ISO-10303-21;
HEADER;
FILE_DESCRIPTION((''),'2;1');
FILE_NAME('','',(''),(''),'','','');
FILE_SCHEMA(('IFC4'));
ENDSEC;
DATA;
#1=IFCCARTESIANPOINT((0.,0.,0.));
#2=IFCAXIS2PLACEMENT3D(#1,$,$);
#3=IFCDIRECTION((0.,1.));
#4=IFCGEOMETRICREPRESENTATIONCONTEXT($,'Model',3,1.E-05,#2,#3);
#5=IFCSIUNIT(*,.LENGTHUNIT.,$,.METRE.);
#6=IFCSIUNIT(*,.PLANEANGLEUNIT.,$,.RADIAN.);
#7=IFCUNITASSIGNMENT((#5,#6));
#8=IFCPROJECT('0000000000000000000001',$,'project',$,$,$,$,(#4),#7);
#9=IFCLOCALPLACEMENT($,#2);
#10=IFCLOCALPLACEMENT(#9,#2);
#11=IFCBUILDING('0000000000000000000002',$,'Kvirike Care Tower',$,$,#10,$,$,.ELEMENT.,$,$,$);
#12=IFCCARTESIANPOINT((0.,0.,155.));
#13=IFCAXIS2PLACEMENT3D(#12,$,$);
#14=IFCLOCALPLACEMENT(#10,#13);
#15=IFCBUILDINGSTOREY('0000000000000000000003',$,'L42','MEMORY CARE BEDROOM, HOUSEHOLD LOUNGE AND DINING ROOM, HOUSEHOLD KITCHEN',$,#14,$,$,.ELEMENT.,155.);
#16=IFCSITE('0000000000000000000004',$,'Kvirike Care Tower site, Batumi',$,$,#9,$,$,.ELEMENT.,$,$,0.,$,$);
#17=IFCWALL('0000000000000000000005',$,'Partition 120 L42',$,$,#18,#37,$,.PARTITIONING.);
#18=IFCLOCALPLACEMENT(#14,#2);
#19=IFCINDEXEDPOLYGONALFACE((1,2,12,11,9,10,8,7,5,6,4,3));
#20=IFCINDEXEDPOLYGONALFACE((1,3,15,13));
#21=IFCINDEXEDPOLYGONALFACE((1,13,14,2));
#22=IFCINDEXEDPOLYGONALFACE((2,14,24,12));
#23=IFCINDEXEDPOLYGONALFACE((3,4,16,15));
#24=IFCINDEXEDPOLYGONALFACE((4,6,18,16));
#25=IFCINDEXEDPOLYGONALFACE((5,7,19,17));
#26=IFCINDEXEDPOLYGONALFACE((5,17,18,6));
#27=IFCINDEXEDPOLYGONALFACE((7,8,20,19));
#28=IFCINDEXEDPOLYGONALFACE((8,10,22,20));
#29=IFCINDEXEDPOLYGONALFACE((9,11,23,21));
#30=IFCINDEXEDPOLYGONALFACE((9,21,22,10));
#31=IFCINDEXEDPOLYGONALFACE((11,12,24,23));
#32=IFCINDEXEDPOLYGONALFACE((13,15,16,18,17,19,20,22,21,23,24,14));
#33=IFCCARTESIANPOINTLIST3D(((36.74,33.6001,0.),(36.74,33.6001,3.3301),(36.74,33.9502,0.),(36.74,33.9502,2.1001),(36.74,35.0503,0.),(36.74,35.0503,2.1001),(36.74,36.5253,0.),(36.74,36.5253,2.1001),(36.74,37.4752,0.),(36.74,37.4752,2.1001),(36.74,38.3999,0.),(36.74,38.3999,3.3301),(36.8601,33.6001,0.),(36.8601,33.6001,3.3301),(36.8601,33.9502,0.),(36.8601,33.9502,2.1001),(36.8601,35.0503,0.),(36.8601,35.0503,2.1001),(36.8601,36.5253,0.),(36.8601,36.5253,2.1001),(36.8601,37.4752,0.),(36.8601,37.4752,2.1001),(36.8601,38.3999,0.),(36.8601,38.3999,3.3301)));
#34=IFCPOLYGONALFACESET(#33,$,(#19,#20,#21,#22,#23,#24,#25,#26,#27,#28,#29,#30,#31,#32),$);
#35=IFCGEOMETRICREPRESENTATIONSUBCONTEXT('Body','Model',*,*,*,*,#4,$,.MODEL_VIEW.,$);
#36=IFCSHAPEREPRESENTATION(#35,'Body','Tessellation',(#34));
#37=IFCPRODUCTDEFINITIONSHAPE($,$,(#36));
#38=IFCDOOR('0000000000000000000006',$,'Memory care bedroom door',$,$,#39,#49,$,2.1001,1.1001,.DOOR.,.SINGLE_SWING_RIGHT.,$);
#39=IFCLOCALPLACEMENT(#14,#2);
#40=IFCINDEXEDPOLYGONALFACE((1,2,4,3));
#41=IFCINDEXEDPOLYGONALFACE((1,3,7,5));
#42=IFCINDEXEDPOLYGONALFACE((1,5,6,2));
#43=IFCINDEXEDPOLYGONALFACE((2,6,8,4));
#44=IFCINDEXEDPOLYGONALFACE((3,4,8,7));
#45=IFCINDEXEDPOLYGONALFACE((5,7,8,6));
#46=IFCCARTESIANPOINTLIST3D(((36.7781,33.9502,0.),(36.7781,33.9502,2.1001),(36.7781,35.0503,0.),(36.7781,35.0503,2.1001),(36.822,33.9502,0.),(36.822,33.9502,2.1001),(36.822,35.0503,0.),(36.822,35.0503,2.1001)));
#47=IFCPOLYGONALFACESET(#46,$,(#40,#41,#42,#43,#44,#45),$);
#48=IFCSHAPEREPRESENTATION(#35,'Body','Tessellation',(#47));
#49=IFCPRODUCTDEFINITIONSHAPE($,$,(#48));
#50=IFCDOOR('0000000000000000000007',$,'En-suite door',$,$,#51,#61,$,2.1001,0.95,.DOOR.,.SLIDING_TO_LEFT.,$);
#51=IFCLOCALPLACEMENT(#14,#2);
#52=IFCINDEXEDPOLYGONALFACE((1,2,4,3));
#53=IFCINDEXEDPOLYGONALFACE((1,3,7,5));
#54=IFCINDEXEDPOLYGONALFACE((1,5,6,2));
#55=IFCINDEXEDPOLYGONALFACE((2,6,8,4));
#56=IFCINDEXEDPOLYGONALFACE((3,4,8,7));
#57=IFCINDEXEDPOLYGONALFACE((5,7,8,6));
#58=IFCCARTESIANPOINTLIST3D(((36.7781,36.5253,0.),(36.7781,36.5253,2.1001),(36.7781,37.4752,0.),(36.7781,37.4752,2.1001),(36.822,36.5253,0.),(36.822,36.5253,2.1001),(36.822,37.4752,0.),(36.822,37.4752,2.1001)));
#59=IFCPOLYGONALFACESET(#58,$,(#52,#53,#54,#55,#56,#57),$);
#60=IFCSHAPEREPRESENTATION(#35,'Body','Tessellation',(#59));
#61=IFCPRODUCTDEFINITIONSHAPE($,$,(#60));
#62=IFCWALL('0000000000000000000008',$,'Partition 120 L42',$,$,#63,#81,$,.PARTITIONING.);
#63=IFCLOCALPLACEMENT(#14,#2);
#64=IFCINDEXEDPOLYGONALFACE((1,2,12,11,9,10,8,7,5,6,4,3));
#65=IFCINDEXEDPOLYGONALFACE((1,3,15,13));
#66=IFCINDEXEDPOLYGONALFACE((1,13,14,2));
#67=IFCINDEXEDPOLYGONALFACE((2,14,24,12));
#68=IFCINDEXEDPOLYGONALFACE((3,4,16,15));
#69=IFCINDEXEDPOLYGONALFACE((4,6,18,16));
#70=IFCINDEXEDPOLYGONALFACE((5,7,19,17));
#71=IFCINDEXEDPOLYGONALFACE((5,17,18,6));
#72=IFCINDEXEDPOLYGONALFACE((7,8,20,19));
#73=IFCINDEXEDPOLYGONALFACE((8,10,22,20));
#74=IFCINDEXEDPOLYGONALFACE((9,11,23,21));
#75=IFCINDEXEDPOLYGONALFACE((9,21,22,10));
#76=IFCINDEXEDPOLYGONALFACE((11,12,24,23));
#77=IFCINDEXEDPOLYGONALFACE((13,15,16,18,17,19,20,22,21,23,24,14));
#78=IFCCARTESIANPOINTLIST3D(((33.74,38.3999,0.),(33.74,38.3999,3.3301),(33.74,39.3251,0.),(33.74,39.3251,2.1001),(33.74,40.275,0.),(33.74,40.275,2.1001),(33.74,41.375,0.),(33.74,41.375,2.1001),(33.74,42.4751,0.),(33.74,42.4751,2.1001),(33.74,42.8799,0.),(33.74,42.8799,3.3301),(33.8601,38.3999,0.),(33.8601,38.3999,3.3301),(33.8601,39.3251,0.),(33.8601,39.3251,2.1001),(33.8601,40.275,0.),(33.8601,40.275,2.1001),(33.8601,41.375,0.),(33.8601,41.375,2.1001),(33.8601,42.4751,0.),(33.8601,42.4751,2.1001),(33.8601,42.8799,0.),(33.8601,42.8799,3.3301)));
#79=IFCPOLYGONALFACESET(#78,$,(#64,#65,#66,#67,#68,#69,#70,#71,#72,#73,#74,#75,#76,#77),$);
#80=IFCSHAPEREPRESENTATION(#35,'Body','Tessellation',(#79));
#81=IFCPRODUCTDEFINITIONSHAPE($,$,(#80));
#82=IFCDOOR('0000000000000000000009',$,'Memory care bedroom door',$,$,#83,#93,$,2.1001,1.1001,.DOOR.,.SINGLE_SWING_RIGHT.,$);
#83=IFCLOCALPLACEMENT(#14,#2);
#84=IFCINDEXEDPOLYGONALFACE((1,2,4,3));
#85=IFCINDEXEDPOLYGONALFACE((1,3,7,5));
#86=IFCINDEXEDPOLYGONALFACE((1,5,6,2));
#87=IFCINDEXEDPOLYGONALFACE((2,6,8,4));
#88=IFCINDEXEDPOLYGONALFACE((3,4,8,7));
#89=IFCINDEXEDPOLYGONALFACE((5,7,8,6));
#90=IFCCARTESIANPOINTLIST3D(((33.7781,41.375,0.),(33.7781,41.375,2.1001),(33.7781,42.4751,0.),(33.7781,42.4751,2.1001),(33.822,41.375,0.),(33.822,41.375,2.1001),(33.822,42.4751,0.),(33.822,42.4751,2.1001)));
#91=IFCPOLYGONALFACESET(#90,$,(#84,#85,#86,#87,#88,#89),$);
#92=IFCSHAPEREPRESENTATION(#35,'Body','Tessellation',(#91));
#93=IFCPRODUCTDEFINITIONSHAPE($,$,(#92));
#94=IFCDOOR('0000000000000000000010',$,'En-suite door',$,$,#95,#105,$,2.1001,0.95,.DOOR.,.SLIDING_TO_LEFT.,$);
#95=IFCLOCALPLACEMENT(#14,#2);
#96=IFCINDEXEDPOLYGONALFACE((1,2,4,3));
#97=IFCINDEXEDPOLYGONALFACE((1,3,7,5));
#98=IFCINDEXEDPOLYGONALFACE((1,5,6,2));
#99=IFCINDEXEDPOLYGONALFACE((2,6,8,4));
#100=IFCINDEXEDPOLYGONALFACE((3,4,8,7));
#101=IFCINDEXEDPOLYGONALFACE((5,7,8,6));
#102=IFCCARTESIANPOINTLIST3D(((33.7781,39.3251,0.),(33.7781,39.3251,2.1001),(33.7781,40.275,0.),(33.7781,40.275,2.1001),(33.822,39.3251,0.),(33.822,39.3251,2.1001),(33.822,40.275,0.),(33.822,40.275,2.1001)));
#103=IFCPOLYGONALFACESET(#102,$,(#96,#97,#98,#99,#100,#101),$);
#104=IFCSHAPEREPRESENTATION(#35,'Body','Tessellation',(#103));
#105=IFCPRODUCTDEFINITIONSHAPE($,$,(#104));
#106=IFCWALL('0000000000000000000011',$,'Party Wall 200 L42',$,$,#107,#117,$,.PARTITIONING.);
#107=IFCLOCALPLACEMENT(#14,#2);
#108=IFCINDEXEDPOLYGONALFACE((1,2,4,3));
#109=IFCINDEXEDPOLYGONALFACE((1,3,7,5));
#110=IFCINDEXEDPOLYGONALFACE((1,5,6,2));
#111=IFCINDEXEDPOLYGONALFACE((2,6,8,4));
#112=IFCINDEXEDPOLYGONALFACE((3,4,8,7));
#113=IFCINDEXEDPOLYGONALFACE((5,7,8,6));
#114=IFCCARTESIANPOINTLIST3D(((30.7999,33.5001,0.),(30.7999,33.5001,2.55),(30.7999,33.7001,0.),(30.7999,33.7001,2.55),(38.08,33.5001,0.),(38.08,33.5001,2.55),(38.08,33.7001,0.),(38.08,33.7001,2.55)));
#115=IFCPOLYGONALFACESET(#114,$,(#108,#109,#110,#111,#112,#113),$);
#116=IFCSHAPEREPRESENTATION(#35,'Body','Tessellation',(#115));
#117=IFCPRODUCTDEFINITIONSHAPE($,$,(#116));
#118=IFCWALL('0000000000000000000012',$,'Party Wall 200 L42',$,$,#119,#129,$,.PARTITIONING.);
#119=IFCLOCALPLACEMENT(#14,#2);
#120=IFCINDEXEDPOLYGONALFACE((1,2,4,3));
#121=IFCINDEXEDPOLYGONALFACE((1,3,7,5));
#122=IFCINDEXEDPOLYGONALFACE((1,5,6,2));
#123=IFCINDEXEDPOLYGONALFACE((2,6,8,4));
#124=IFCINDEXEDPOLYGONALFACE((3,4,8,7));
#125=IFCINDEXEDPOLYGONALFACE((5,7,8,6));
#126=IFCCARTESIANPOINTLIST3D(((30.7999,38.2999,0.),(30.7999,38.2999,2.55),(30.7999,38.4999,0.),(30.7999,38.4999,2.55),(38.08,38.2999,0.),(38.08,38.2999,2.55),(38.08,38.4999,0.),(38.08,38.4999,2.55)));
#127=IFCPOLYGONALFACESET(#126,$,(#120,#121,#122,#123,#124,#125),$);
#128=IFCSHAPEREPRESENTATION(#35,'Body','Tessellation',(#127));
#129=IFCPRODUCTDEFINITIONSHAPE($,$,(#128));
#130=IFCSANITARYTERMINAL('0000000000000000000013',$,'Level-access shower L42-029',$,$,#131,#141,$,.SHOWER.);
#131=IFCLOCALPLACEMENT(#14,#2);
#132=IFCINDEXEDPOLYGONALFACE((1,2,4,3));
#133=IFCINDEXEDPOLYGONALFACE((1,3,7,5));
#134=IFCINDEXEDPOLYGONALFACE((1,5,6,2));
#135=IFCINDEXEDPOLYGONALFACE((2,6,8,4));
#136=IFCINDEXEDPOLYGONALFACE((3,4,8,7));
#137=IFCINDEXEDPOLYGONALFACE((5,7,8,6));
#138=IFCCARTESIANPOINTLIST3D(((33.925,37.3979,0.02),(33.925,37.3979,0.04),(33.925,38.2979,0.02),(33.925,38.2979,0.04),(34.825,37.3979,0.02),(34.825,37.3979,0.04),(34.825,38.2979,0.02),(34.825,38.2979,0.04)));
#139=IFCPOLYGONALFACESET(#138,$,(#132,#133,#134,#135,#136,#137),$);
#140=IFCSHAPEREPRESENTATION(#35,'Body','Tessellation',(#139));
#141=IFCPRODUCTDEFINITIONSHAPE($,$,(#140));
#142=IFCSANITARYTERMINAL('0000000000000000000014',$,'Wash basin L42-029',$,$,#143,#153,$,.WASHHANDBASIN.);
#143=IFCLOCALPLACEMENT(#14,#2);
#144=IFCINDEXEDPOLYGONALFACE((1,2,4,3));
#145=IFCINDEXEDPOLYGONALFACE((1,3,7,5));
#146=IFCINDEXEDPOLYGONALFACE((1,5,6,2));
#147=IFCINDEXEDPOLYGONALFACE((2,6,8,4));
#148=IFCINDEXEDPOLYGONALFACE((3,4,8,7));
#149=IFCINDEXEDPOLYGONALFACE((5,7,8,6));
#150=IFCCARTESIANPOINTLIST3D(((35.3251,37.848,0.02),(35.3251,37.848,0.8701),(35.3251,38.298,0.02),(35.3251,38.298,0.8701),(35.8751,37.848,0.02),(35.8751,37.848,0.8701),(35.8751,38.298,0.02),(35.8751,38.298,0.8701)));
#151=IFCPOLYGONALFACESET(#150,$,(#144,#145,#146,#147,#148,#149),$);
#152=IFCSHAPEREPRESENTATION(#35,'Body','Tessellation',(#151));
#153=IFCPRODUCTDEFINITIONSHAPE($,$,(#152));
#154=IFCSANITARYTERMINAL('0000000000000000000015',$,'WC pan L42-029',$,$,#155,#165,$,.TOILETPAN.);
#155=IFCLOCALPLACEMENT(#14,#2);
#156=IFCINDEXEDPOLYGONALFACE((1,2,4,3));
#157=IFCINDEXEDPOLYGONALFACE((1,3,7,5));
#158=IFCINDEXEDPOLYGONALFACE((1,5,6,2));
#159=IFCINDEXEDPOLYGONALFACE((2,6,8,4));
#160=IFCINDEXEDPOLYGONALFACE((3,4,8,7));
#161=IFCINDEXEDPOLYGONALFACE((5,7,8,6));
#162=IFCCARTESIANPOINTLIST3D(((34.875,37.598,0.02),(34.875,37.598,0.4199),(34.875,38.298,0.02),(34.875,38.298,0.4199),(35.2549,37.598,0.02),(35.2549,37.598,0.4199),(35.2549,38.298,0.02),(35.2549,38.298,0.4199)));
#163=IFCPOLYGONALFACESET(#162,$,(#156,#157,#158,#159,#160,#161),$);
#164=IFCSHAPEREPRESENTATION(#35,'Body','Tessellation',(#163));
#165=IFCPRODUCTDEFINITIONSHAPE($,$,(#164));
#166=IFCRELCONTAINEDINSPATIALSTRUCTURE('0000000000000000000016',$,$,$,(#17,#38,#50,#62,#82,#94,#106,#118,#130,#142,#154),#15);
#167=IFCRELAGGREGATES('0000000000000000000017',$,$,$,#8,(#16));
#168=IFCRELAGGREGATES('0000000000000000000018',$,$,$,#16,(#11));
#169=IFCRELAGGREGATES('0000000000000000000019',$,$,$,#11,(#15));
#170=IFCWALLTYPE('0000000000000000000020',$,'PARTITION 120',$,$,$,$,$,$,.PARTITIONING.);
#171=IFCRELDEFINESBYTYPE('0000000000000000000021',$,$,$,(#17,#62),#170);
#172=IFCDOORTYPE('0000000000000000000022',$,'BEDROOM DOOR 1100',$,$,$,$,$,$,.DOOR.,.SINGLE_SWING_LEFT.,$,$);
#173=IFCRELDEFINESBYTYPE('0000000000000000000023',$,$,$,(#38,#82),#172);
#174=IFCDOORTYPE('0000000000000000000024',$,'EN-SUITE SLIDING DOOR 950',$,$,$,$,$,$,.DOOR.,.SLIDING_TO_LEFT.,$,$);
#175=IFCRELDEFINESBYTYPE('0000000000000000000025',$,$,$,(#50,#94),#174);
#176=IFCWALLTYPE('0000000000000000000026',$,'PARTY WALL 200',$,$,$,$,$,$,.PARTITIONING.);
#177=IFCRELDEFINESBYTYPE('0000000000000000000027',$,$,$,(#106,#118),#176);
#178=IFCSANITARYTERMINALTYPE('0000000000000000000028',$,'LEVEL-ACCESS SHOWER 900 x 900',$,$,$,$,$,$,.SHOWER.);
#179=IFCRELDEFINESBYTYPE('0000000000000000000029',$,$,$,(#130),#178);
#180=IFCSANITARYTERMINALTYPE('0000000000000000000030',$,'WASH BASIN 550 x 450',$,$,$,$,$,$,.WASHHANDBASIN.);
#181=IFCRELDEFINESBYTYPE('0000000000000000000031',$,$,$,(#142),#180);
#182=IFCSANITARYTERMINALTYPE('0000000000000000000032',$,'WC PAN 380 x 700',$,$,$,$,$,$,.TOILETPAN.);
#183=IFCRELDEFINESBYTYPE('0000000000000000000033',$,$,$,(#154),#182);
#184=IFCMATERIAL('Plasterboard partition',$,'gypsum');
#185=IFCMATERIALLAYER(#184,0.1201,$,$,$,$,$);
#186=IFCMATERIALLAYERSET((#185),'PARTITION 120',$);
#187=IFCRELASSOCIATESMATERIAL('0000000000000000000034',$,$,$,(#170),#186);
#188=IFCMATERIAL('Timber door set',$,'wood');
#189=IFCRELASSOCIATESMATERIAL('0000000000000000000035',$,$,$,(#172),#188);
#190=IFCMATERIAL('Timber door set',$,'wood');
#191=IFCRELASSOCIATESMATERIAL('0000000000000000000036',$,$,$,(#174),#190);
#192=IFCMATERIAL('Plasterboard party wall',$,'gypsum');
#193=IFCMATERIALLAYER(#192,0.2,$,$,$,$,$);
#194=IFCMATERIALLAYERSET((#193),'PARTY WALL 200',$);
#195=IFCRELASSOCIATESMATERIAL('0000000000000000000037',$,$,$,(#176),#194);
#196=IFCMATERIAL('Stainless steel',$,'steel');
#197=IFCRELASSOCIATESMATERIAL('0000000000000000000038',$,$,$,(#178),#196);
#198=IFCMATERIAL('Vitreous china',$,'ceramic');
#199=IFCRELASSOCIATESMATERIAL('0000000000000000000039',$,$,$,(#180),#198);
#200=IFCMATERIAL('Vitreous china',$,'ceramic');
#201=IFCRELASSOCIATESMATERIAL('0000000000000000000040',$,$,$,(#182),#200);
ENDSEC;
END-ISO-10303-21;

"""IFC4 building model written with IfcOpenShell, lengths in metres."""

from ifc_helpers import new_model, si_unit, direction, frame, frame_2d, origin, origin_2d, place, context, subcontext, project, spatial, rectangle, extrude, material, layer, layer_set, type_object, element, fill, save


model = new_model("IFC4")

# Units and contexts
model_context = context("Model", 3, precision=1e-05, world=origin(), true_north=direction((0.0, 1.0)))
body_context = subcontext(model_context, "Body", "Model", "MODEL_VIEW")
ifc_project = project(units=[si_unit("LENGTHUNIT", "METRE"), si_unit("PLANEANGLEUNIT", "RADIAN")], contexts=[model_context])

# Site, building, storey
site_placement = place(None, origin())
site = spatial("IfcSite", under=ifc_project, at=site_placement, Name="Kvirike Care Tower site, Batumi", CompositionType="ELEMENT", RefElevation=0.0)
building_placement = place(site_placement, origin())
building = spatial("IfcBuilding", under=site, at=building_placement, Name="Kvirike Care Tower", CompositionType="ELEMENT")
storey_placement = place(building_placement, frame((0.0, 0.0, 155.0)))
storey = spatial("IfcBuildingStorey", under=building, at=storey_placement, Name="L42", Description="MEMORY CARE BEDROOM, HOUSEHOLD LOUNGE AND DINING ROOM, HOUSEHOLD KITCHEN", CompositionType="ELEMENT", Elevation=155.0)

# Walls, openings, doors
ifc_material_1 = material(Name="Plasterboard partition", Category="gypsum")
ifc_layer_1 = layer(ifc_material_1, 0.1201)
ifc_layer_set_1 = layer_set([ifc_layer_1], Name="PARTITION 120")
wall_type_1 = type_object("IfcWallType", Name="PARTITION 120", PredefinedType="PARTITIONING", material=ifc_layer_set_1)
wall_1_placement = place(storey_placement, frame((36.8, 33.6001, 0.0), z_axis=(0.0, 0.0, 1.0), x_axis=(0.0, 1.0, 0.0)))
wall_1 = element("IfcWall", 1, at=wall_1_placement, inside=storey, type_object=wall_type_1, Name="Partition 120 L42", PredefinedType="PARTITIONING", context=body_context, shape_type="SweptSolid", body=[
    extrude(rectangle(XDim=4.7998, YDim=0.1201, at=frame_2d((2.3999, 0.0))), origin(), (0.0, 0.0, 1.0), 3.3301),
])
opening_1_placement = place(wall_1_placement, frame((0.3501, 0.0, 0.0)))
opening_1 = element("IfcOpeningElement", 2, at=opening_1_placement, cuts=wall_1, PredefinedType="OPENING", context=body_context, shape_type="SweptSolid", body=[
    extrude(rectangle(XDim=1.1001, YDim=2.1001, at=frame_2d((0.55, 1.05))), frame((0.0, 0.0706, 0.0), z_axis=(0.0, -1.0, 0.0), x_axis=(1.0, 0.0, 0.0)), (0.0, 0.0, 1.0), 0.1411),
])
opening_2_placement = place(wall_1_placement, frame((2.925, 0.0, 0.0)))
opening_2 = element("IfcOpeningElement", 3, at=opening_2_placement, cuts=wall_1, PredefinedType="OPENING", context=body_context, shape_type="SweptSolid", body=[
    extrude(rectangle(XDim=0.95, YDim=2.1001, at=frame_2d((0.4751, 1.05))), frame((0.0, 0.0706, 0.0), z_axis=(0.0, -1.0, 0.0), x_axis=(1.0, 0.0, 0.0)), (0.0, 0.0, 1.0), 0.1411),
])
ifc_material_2 = material(Name="Timber door set", Category="wood")
door_type_1 = type_object("IfcDoorType", Name="BEDROOM DOOR 1100", OperationType="SINGLE_SWING_LEFT", PredefinedType="DOOR", material=ifc_material_2)
door_1_placement = place(opening_1_placement, origin())
door_1 = element("IfcDoor", 4, at=door_1_placement, inside=storey, type_object=door_type_1, Name="Memory care bedroom door", OperationType="SINGLE_SWING_RIGHT", OverallHeight=2.1001, OverallWidth=1.1001, PredefinedType="DOOR", context=body_context, shape_type="SweptSolid", body=[
    extrude(rectangle(XDim=1.1001, YDim=2.1001, at=frame_2d((0.55, 1.05))), frame((0.0, 0.022, 0.0), z_axis=(0.0, -1.0, 0.0), x_axis=(1.0, 0.0, 0.0)), (0.0, 0.0, 1.0), 0.0439),
])
fill(opening_1, door_1)
ifc_material_3 = material(Name="Timber door set", Category="wood")
door_type_2 = type_object("IfcDoorType", Name="EN-SUITE SLIDING DOOR 950", OperationType="SLIDING_TO_LEFT", PredefinedType="DOOR", material=ifc_material_3)
door_2_placement = place(opening_2_placement, origin())
door_2 = element("IfcDoor", 5, at=door_2_placement, inside=storey, type_object=door_type_2, Name="En-suite door", OperationType="SLIDING_TO_LEFT", OverallHeight=2.1001, OverallWidth=0.95, PredefinedType="DOOR", context=body_context, shape_type="SweptSolid", body=[
    extrude(rectangle(XDim=0.95, YDim=2.1001, at=frame_2d((0.4751, 1.05))), frame((0.0, 0.022, 0.0), z_axis=(0.0, -1.0, 0.0), x_axis=(1.0, 0.0, 0.0)), (0.0, 0.0, 1.0), 0.0439),
])
fill(opening_2, door_2)
wall_2_placement = place(storey_placement, frame((33.8, 38.3999, 0.0), z_axis=(0.0, 0.0, 1.0), x_axis=(0.0, 1.0, 0.0)))
wall_2 = element("IfcWall", 6, at=wall_2_placement, inside=storey, type_object=wall_type_1, Name="Partition 120 L42", PredefinedType="PARTITIONING", context=body_context, shape_type="SweptSolid", body=[
    extrude(rectangle(XDim=4.48, YDim=0.1201, at=frame_2d((2.24, 0.0))), origin(), (0.0, 0.0, 1.0), 3.3301),
])
opening_3_placement = place(wall_2_placement, frame((2.9751, 0.0, 0.0)))
opening_3 = element("IfcOpeningElement", 7, at=opening_3_placement, cuts=wall_2, PredefinedType="OPENING", context=body_context, shape_type="SweptSolid", body=[
    extrude(rectangle(XDim=1.1001, YDim=2.1001, at=frame_2d((0.55, 1.05))), frame((0.0, 0.0706, 0.0), z_axis=(0.0, -1.0, 0.0), x_axis=(1.0, 0.0, 0.0)), (0.0, 0.0, 1.0), 0.1411),
])
opening_4_placement = place(wall_2_placement, frame((0.925, 0.0, 0.0)))
opening_4 = element("IfcOpeningElement", 8, at=opening_4_placement, cuts=wall_2, PredefinedType="OPENING", context=body_context, shape_type="SweptSolid", body=[
    extrude(rectangle(XDim=0.95, YDim=2.1001, at=frame_2d((0.4751, 1.05))), frame((0.0, 0.0706, 0.0), z_axis=(0.0, -1.0, 0.0), x_axis=(1.0, 0.0, 0.0)), (0.0, 0.0, 1.0), 0.1411),
])
door_3_placement = place(opening_3_placement, origin())
door_3 = element("IfcDoor", 9, at=door_3_placement, inside=storey, type_object=door_type_1, Name="Memory care bedroom door", OperationType="SINGLE_SWING_RIGHT", OverallHeight=2.1001, OverallWidth=1.1001, PredefinedType="DOOR", context=body_context, shape_type="SweptSolid", body=[
    extrude(rectangle(XDim=1.1001, YDim=2.1001, at=frame_2d((0.55, 1.05))), frame((0.0, 0.022, 0.0), z_axis=(0.0, -1.0, 0.0), x_axis=(1.0, 0.0, 0.0)), (0.0, 0.0, 1.0), 0.0439),
])
fill(opening_3, door_3)
door_4_placement = place(opening_4_placement, origin())
door_4 = element("IfcDoor", 10, at=door_4_placement, inside=storey, type_object=door_type_2, Name="En-suite door", OperationType="SLIDING_TO_LEFT", OverallHeight=2.1001, OverallWidth=0.95, PredefinedType="DOOR", context=body_context, shape_type="SweptSolid", body=[
    extrude(rectangle(XDim=0.95, YDim=2.1001, at=frame_2d((0.4751, 1.05))), frame((0.0, 0.022, 0.0), z_axis=(0.0, -1.0, 0.0), x_axis=(1.0, 0.0, 0.0)), (0.0, 0.0, 1.0), 0.0439),
])
fill(opening_4, door_4)

# Walls
ifc_material_4 = material(Name="Plasterboard party wall", Category="gypsum")
ifc_layer_2 = layer(ifc_material_4, 0.2)
ifc_layer_set_2 = layer_set([ifc_layer_2], Name="PARTY WALL 200")
wall_type_2 = type_object("IfcWallType", Name="PARTY WALL 200", PredefinedType="PARTITIONING", material=ifc_layer_set_2)
for number, where, z_axis, x_axis, name in (
    (11, (38.0801, 33.6001, 0.0), (0.0, 0.0, 1.0), (-1.0, 0.0, 0.0), "Party Wall 200 L42"),
    (12, (38.0801, 38.3999, 0.0), (0.0, 0.0, 1.0), (-1.0, 0.0, 0.0), "Party Wall 200 L42"),
):
    element("IfcWall", number, at=place(storey_placement, frame(where, z_axis=z_axis, x_axis=x_axis)), inside=storey, type_object=wall_type_2, Name=name, PredefinedType="PARTITIONING", context=body_context, shape_type="SweptSolid", body=[
        extrude(rectangle(XDim=7.28, YDim=0.2, at=frame_2d((3.6401, 0.0))), origin(), (0.0, 0.0, 1.0), 2.55),
    ])

# Sanitary terminals
ifc_material_5 = material(Name="Stainless steel", Category="steel")
sanitary_terminal_type_1 = type_object("IfcSanitaryTerminalType", Name="LEVEL-ACCESS SHOWER 900 x 900", PredefinedType="SHOWER", material=ifc_material_5)
sanitary_terminal_1_placement = place(storey_placement, frame((34.375, 37.8479, 0.02), z_axis=(0.0, 0.0, 1.0), x_axis=(1.0, 0.0, 0.0)))
element("IfcSanitaryTerminal", 13, at=sanitary_terminal_1_placement, inside=storey, type_object=sanitary_terminal_type_1, Name="Level-access shower L42-029", PredefinedType="SHOWER", context=body_context, shape_type="SweptSolid", body=[
    extrude(rectangle(XDim=0.8999, YDim=0.8999, at=origin_2d()), origin(), (0.0, 0.0, 1.0), 0.02),
])
ifc_material_6 = material(Name="Vitreous china", Category="ceramic")
sanitary_terminal_type_2 = type_object("IfcSanitaryTerminalType", Name="WASH BASIN 550 x 450", PredefinedType="WASHHANDBASIN", material=ifc_material_6)
sanitary_terminal_2_placement = place(storey_placement, frame((35.6001, 38.073, 0.02), z_axis=(0.0, 0.0, 1.0), x_axis=(1.0, 0.0, 0.0)))
element("IfcSanitaryTerminal", 14, at=sanitary_terminal_2_placement, inside=storey, type_object=sanitary_terminal_type_2, Name="Wash basin L42-029", PredefinedType="WASHHANDBASIN", context=body_context, shape_type="SweptSolid", body=[
    extrude(rectangle(XDim=0.55, YDim=0.45, at=origin_2d()), origin(), (0.0, 0.0, 1.0), 0.8501),
])
ifc_material_7 = material(Name="Vitreous china", Category="ceramic")
sanitary_terminal_type_3 = type_object("IfcSanitaryTerminalType", Name="WC PAN 380 x 700", PredefinedType="TOILETPAN", material=ifc_material_7)
sanitary_terminal_3_placement = place(storey_placement, frame((35.0649, 37.948, 0.02), z_axis=(0.0, 0.0, 1.0), x_axis=(1.0, 0.0, 0.0)))
element("IfcSanitaryTerminal", 15, at=sanitary_terminal_3_placement, inside=storey, type_object=sanitary_terminal_type_3, Name="WC pan L42-029", PredefinedType="TOILETPAN", context=body_context, shape_type="SweptSolid", body=[
    extrude(rectangle(XDim=0.3799, YDim=0.7, at=origin_2d()), origin(), (0.0, 0.0, 1.0), 0.3999),
])

save(model, "model.ifc")
